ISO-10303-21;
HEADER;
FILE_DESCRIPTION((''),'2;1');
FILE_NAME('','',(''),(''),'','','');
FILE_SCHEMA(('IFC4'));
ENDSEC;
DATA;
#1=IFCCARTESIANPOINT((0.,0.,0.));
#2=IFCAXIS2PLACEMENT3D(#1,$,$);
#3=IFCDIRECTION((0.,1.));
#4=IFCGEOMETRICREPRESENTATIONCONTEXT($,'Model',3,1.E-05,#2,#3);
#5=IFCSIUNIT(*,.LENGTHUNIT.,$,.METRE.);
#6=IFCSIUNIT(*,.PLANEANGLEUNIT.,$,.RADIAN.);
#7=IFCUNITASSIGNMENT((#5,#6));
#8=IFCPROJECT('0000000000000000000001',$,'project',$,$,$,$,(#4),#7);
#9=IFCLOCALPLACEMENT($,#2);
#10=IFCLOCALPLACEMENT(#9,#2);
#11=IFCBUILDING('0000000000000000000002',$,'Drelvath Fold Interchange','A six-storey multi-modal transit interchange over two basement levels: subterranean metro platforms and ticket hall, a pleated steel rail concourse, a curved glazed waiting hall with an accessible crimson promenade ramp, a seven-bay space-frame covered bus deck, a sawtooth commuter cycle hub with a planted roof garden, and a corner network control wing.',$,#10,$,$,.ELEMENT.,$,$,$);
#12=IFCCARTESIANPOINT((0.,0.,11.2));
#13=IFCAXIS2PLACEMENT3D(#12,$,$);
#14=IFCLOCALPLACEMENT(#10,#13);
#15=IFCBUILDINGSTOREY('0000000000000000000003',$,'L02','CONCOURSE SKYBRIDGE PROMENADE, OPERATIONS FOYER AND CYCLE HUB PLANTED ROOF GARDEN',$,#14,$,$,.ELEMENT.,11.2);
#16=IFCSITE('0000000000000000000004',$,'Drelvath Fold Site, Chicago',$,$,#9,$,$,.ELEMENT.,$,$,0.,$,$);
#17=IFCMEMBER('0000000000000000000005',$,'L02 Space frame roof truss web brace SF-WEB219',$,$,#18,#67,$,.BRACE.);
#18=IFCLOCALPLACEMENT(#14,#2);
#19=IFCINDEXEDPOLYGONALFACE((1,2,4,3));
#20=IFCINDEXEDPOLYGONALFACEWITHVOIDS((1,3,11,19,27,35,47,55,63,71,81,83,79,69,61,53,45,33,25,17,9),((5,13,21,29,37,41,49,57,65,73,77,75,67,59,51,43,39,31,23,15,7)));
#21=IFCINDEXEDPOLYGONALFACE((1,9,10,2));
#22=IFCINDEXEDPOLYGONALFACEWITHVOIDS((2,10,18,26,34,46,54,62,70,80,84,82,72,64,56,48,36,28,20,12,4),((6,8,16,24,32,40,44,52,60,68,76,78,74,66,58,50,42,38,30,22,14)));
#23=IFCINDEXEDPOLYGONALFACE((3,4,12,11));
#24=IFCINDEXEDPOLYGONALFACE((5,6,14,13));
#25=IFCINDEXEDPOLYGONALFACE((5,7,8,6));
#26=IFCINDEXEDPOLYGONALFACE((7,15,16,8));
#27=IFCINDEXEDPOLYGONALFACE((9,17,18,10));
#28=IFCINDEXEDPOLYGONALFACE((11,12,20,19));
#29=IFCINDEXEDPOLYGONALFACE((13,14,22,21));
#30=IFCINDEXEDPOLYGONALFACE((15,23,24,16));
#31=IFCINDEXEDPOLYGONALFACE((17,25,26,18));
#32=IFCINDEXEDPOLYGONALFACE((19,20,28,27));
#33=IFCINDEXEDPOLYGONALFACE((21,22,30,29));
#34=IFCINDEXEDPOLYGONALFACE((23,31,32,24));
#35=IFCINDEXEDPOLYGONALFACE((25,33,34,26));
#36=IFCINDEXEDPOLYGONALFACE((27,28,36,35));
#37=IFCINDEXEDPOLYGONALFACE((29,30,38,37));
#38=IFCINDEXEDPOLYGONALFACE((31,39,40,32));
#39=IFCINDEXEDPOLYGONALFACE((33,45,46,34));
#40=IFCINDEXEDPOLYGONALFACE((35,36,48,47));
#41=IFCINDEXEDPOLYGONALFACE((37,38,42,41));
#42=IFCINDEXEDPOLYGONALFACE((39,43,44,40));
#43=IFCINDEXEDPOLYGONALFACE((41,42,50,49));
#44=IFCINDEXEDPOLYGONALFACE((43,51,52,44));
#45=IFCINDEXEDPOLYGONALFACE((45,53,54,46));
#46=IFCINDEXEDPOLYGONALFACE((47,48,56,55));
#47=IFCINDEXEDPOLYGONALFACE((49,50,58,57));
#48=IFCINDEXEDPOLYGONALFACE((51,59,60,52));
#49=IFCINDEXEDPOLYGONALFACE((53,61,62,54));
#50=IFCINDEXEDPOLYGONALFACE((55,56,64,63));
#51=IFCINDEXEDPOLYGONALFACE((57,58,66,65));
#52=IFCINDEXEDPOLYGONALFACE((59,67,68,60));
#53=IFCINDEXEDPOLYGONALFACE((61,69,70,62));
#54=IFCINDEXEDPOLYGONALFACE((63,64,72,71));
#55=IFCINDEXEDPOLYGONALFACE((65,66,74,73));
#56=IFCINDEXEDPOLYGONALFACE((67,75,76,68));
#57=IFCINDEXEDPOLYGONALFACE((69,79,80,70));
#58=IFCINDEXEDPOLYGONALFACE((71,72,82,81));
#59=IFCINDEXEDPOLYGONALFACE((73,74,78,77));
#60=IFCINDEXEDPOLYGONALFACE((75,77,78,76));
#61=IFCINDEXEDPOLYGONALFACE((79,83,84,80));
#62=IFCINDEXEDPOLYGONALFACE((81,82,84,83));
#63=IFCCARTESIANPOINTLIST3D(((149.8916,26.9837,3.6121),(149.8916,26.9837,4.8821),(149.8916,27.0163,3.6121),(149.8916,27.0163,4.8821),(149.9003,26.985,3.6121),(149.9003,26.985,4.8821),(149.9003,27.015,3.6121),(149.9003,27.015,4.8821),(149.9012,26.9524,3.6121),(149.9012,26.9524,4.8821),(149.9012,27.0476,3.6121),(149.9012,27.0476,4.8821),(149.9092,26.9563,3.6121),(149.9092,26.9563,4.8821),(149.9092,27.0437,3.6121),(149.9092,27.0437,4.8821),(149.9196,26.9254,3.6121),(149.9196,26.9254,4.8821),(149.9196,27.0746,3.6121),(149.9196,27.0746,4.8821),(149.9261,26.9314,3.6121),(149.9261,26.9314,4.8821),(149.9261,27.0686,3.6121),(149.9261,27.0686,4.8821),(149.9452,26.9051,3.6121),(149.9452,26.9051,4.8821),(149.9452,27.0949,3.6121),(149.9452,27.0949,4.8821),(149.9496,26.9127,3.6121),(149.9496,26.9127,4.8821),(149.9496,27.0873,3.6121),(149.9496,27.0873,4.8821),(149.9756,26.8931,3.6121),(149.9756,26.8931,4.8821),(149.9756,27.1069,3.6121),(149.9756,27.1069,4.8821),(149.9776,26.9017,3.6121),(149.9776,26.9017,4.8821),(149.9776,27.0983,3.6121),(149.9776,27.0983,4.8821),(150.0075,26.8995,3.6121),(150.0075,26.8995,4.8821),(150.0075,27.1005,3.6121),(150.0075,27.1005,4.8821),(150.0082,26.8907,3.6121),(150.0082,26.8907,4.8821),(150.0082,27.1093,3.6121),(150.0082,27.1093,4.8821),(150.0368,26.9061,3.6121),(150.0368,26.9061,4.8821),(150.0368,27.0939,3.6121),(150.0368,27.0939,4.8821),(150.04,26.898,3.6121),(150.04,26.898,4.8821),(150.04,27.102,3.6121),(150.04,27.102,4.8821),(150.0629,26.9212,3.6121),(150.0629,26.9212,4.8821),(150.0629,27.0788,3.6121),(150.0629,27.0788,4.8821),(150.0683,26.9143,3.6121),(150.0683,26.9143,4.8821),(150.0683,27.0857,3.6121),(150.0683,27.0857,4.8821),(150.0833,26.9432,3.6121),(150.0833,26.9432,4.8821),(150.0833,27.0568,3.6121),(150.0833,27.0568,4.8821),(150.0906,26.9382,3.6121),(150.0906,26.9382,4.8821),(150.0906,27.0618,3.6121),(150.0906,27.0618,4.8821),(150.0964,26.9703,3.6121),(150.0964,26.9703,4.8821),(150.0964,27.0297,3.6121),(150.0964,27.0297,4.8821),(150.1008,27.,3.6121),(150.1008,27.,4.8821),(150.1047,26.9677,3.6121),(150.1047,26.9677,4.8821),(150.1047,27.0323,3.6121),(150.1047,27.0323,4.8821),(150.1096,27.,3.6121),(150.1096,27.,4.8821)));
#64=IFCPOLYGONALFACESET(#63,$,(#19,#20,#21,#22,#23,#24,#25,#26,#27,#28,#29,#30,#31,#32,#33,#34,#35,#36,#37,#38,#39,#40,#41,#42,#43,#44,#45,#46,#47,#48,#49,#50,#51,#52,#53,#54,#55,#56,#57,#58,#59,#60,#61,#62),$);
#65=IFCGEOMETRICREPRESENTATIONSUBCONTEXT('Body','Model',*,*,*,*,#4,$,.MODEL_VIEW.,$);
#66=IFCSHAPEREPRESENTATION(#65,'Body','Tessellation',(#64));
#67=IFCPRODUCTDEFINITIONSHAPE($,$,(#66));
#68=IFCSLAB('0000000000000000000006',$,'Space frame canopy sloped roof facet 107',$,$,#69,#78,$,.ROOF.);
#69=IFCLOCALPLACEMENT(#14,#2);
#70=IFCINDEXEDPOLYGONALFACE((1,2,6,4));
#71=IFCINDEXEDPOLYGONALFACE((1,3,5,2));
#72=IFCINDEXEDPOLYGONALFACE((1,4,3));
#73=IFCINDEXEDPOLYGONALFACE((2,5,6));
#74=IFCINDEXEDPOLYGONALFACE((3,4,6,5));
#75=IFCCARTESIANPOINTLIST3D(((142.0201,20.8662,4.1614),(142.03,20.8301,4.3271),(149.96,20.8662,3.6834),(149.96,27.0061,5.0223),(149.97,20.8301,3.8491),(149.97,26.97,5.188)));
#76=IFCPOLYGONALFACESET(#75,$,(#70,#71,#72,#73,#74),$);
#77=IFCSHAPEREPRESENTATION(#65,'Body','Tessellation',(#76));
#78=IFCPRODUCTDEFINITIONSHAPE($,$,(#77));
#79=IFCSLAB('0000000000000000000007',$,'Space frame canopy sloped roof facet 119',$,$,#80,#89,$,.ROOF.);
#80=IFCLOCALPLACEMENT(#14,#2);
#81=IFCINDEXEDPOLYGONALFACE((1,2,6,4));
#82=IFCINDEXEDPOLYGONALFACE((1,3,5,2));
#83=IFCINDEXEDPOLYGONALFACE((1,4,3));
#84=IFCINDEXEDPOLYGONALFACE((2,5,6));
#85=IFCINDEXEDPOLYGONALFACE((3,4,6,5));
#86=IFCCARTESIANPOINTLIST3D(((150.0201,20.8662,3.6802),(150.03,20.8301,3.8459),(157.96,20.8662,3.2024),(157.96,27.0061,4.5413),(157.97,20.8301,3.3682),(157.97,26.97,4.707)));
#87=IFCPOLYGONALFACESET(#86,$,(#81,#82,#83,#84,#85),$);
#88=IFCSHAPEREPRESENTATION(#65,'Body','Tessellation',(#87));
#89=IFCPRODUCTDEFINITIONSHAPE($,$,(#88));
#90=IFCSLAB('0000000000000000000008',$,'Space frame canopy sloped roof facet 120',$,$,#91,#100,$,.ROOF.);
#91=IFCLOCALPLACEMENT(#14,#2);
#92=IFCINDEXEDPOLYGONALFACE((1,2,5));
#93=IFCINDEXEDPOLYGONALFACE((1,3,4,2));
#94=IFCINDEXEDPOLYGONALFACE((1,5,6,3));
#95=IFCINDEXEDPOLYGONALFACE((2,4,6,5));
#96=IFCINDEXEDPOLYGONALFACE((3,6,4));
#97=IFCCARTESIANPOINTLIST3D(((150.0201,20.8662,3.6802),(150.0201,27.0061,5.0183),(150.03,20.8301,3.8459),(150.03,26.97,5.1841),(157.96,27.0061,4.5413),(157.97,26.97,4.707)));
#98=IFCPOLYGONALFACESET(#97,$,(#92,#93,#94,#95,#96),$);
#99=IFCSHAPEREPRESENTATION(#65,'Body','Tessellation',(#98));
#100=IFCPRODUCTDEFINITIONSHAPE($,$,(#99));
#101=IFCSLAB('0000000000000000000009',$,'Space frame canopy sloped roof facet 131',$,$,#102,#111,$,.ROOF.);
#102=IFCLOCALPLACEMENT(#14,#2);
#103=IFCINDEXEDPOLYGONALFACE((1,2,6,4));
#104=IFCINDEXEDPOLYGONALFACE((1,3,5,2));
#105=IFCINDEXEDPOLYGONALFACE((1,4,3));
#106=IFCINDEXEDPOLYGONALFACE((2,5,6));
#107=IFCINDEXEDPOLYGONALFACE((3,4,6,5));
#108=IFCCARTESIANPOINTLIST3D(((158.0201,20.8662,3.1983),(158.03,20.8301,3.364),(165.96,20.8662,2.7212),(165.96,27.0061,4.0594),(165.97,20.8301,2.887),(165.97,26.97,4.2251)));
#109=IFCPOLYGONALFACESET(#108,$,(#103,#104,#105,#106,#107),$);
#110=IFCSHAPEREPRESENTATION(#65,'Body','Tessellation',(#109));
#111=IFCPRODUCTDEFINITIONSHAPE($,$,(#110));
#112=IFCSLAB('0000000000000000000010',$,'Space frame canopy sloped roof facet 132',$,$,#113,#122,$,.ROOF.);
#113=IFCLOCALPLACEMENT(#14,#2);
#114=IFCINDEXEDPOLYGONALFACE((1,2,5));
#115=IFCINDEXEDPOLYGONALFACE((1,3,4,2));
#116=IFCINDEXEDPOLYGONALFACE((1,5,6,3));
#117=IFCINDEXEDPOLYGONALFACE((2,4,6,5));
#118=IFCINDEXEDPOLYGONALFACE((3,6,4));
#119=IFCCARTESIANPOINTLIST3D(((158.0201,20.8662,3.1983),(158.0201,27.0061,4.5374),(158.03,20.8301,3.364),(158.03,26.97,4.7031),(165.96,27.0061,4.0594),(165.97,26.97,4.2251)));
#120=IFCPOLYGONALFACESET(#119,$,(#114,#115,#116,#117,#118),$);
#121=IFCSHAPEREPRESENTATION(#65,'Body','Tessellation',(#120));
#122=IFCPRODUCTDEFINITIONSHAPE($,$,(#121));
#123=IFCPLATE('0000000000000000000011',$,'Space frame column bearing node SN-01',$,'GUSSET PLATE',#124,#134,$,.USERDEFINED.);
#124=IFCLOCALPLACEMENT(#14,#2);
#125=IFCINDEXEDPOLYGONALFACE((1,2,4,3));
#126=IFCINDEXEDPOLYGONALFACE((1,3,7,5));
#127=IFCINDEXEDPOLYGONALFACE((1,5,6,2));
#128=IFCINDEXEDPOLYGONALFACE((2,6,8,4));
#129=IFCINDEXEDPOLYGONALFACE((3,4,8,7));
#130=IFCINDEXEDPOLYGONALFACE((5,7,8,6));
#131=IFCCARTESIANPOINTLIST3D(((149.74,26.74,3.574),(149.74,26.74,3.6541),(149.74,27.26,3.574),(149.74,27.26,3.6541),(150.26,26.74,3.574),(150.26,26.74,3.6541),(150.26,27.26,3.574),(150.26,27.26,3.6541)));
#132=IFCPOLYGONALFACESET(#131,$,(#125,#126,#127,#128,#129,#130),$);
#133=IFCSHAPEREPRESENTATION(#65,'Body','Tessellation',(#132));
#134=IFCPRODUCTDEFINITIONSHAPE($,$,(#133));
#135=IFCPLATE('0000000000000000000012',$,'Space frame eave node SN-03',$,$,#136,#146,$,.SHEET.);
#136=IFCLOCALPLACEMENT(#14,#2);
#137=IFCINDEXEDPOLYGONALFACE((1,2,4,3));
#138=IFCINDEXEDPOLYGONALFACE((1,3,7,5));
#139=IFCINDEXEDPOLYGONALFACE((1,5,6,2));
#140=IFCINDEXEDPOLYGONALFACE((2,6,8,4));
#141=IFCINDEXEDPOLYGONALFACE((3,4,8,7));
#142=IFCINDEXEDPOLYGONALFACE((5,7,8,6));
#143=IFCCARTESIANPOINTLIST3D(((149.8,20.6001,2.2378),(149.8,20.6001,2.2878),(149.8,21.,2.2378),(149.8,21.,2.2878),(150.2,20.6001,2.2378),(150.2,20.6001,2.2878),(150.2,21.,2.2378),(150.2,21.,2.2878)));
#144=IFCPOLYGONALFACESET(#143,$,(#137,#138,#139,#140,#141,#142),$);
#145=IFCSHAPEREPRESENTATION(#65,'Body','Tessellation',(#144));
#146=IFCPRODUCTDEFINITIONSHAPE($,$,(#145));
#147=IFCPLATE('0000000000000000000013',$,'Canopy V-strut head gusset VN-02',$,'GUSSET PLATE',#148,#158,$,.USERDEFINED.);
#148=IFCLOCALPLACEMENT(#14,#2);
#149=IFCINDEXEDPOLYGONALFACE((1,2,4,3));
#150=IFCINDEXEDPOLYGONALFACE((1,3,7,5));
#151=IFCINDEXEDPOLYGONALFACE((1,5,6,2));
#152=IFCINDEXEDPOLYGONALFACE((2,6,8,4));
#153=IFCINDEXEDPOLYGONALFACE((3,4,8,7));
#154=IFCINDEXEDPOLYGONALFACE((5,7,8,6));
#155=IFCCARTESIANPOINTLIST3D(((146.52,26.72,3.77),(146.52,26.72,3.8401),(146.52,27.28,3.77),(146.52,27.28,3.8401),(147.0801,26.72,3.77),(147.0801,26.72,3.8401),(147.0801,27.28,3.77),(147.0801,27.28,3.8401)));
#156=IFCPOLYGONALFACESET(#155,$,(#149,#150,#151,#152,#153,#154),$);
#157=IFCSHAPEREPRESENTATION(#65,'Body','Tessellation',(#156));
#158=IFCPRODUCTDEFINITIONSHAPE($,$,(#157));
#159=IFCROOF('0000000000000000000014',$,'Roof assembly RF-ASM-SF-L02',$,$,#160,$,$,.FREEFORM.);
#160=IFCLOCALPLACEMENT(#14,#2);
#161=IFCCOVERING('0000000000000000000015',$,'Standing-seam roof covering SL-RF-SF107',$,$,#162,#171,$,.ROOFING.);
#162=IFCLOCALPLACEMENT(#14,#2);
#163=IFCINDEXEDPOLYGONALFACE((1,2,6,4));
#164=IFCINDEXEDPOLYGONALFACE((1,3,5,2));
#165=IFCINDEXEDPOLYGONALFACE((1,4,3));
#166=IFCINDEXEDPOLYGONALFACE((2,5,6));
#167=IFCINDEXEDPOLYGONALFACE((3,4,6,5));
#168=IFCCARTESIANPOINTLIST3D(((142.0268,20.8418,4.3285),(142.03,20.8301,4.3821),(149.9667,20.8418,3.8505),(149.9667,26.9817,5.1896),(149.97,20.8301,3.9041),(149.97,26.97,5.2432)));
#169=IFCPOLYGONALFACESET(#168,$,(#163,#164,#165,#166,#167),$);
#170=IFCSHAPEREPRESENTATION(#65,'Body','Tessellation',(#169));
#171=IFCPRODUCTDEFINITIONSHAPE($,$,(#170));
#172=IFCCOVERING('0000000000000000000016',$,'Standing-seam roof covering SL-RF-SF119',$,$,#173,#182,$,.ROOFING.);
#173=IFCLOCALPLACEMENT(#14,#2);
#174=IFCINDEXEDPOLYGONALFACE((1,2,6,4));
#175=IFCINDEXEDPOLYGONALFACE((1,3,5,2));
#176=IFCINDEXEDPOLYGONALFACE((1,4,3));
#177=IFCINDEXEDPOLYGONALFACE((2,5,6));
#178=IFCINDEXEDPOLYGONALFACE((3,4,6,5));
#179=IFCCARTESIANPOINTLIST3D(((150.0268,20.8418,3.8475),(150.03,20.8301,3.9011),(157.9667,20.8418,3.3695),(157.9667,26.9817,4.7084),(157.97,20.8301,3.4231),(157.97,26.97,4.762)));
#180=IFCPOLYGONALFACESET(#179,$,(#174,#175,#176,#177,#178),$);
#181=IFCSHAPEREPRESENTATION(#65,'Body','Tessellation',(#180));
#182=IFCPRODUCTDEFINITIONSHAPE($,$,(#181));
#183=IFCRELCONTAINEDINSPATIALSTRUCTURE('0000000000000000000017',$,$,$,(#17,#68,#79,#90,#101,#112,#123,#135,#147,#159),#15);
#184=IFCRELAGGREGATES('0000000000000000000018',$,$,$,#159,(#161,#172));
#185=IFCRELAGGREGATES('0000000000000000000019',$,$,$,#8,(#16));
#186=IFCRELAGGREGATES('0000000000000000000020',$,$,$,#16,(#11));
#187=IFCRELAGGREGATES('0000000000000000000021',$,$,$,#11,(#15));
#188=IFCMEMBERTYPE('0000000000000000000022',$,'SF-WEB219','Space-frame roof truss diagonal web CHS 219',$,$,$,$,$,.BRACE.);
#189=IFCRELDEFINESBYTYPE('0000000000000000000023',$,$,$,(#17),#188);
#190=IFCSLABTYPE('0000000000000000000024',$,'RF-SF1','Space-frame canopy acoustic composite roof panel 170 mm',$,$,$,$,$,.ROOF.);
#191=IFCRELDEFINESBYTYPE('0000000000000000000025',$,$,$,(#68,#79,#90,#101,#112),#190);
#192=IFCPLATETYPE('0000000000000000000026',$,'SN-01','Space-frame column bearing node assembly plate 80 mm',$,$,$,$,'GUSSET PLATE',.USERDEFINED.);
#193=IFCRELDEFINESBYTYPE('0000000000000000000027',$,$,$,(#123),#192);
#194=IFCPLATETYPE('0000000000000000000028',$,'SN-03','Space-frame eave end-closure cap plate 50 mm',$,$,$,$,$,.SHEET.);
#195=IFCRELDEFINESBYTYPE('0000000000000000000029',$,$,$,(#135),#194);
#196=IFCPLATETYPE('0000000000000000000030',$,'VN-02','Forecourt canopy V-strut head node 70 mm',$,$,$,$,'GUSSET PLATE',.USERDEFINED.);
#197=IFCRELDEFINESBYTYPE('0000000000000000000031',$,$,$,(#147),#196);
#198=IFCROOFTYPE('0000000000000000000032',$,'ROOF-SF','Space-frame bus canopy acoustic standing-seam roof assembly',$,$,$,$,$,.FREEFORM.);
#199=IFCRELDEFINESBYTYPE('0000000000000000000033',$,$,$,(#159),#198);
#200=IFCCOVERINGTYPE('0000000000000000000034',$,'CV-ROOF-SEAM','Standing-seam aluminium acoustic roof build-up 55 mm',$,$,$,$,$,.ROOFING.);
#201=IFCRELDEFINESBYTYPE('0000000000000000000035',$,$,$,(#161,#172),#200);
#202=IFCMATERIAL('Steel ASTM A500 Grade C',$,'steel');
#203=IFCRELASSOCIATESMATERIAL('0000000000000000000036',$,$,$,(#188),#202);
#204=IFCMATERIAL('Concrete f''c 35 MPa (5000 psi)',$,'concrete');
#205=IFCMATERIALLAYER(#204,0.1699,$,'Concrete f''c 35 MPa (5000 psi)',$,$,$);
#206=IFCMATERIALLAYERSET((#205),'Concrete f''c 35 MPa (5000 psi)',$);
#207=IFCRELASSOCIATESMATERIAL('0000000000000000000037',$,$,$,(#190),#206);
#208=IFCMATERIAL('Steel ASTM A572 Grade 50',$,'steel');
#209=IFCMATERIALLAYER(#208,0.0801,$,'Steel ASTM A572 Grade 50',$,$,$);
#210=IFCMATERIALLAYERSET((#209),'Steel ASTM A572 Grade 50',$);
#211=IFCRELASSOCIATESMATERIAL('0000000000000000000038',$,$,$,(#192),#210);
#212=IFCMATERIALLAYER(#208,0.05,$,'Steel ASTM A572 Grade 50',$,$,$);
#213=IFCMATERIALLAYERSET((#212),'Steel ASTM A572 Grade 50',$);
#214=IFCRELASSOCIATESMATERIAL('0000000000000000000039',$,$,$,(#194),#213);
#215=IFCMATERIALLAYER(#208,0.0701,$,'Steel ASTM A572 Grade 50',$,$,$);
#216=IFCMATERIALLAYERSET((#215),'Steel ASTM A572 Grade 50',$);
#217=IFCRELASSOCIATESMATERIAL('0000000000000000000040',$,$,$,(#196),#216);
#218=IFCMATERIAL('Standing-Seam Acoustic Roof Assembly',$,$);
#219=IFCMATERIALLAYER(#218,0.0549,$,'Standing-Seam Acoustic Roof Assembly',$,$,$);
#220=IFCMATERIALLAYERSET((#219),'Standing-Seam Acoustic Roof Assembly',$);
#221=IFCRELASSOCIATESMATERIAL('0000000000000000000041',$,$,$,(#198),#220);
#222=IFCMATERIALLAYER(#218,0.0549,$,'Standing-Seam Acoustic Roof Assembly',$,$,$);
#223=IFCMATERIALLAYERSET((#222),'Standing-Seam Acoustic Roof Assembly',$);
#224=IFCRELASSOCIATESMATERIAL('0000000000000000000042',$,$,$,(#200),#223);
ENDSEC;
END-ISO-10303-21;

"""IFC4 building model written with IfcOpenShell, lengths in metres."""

from ifc_helpers import new_model, si_unit, direction, frame, origin, origin_2d, place, context, subcontext, project, spatial, polyline, rectangle, hollow_circle, outline, extrude, material, layer, layer_set, material_profile, profile_set, type_object, element, aggregate, save


model = new_model("IFC4")

# Units and contexts
model_context = context("Model", 3, precision=1e-05, world=origin(), true_north=direction((0.0, 1.0)))
body_context = subcontext(model_context, "Body", "Model", "MODEL_VIEW")
ifc_project = project(units=[si_unit("LENGTHUNIT", "METRE"), si_unit("PLANEANGLEUNIT", "RADIAN")], contexts=[model_context])

# Site, building, storey
site_placement = place(None, origin())
site = spatial("IfcSite", under=ifc_project, at=site_placement, Name="Drelvath Fold Site, Chicago", CompositionType="ELEMENT", RefElevation=0.0)
building_placement = place(site_placement, origin())
building = spatial("IfcBuilding", under=site, at=building_placement, Name="Drelvath Fold Interchange", Description="A six-storey multi-modal transit interchange over two basement levels: subterranean metro platforms and ticket hall, a pleated steel rail concourse, a curved glazed waiting hall with an accessible crimson promenade ramp, a seven-bay space-frame covered bus deck, a sawtooth commuter cycle hub with a planted roof garden, and a corner network control wing.", CompositionType="ELEMENT")
storey_placement = place(building_placement, frame((0.0, 0.0, 11.2)))
storey = spatial("IfcBuildingStorey", under=building, at=storey_placement, Name="L02", Description="CONCOURSE SKYBRIDGE PROMENADE, OPERATIONS FOYER AND CYCLE HUB PLANTED ROOF GARDEN", CompositionType="ELEMENT", Elevation=11.2)

# Shared definitions
ifc_material_1 = material(Name="Steel ASTM A500 Grade C", Category="steel")

# Member
ifc_material_profile_1 = material_profile(ifc_material_1, hollow_circle(Radius=0.1096, WallThickness=0.0088, at=origin_2d()), Name="HSS8.625X0.375")
ifc_profile_set_1 = profile_set([ifc_material_profile_1], Name="Steel ASTM A500 Grade C")
member_type_1 = type_object("IfcMemberType", Name="SF-WEB219", Description="Space-frame roof truss diagonal web CHS 219", PredefinedType="BRACE", material=ifc_profile_set_1)
for number, where, z_axis, x_axis, name in (
    (1, (150.0, 27.0, 3.6121), (0.0, 0.0, 1.0), (1.0, 0.0, 0.0), "L02 Space frame roof truss web brace SF-WEB219"),
):
    element("IfcMember", number, at=place(storey_placement, frame(where, z_axis=z_axis, x_axis=x_axis)), inside=storey, type_object=member_type_1, Name=name, PredefinedType="BRACE", context=body_context, shape_type="SweptSolid", body=[
        extrude(hollow_circle(Radius=0.1096, WallThickness=0.0088, at=origin_2d()), origin(), (0.0, 0.0, 1.0), 1.27),
    ])

# Slabs
ifc_material_2 = material(Name="Concrete f'c 35 MPa (5000 psi)", Category="concrete")
ifc_layer_1 = layer(ifc_material_2, 0.1699, Name="Concrete f'c 35 MPa (5000 psi)")
ifc_layer_set_1 = layer_set([ifc_layer_1], Name="Concrete f'c 35 MPa (5000 psi)")
slab_type = type_object("IfcSlabType", Name="RF-SF1", Description="Space-frame canopy acoustic composite roof panel 170 mm", PredefinedType="ROOF", material=ifc_layer_set_1)
slab_1_placement = place(storey_placement, frame((142.03, 20.8301, 4.3271), z_axis=(0.058722, -0.212686, 0.975354), x_axis=(0.998193, 0.0, -0.060097)))
element("IfcSlab", 2, at=slab_1_placement, inside=storey, type_object=slab_type, Name="Space frame canopy sloped roof facet 107", PredefinedType="ROOF", context=body_context, shape_type="SweptSolid", body=[
    extrude(outline(polyline([(0.0, 0.0), (7.9543, 0.0), (7.8739, 6.2837), (0.0, 0.0)])), origin(), (0.0, 0.0, -1.0), 0.1699),
])
slab_2_placement = place(storey_placement, frame((150.03, 20.8301, 3.8459), z_axis=(0.058692, -0.212687, 0.975356), x_axis=(0.998194, 0.0, -0.060066)))
element("IfcSlab", 3, at=slab_2_placement, inside=storey, type_object=slab_type, Name="Space frame canopy sloped roof facet 119", PredefinedType="ROOF", context=body_context, shape_type="SweptSolid", body=[
    extrude(outline(polyline([(0.0, 0.0), (7.9543, 0.0), (7.8739, 6.2837), (0.0, 0.0)])), origin(), (0.0, 0.0, -1.0), 0.1699),
])
slab_3_placement = place(storey_placement, frame((150.03, 20.8301, 3.8459), z_axis=(0.058604, -0.212577, 0.975385), x_axis=(0.788174, 0.609488, 0.085477)))
element("IfcSlab", 4, at=slab_3_placement, inside=storey, type_object=slab_type, Name="Space frame canopy sloped roof facet 120", PredefinedType="ROOF", context=body_context, shape_type="SweptSolid", body=[
    extrude(outline(polyline([(0.0, 0.0), (10.0738, 0.0), (3.8566, 4.9614), (0.0, 0.0)])), origin(), (0.0, 0.0, -1.0), 0.1699),
])
slab_4_placement = place(storey_placement, frame((158.03, 20.8301, 3.364), z_axis=(0.058604, -0.212577, 0.975385), x_axis=(0.9982, 0.0, -0.059974)))
element("IfcSlab", 5, at=slab_4_placement, inside=storey, type_object=slab_type, Name="Space frame canopy sloped roof facet 131", PredefinedType="ROOF", context=body_context, shape_type="SweptSolid", body=[
    extrude(outline(polyline([(0.0, 0.0), (7.9543, 0.0), (7.874, 6.2835), (0.0, 0.0)])), origin(), (0.0, 0.0, -1.0), 0.1699),
])
slab_5_placement = place(storey_placement, frame((158.03, 20.8301, 3.364), z_axis=(0.058721, -0.212723, 0.975346), x_axis=(0.788174, 0.609488, 0.085477)))
element("IfcSlab", 6, at=slab_5_placement, inside=storey, type_object=slab_type, Name="Space frame canopy sloped roof facet 132", PredefinedType="ROOF", context=body_context, shape_type="SweptSolid", body=[
    extrude(outline(polyline([(0.0, 0.0), (10.0738, 0.0), (3.8567, 4.9616), (0.0, 0.0)])), origin(), (0.0, 0.0, -1.0), 0.1699),
])

# Plates
ifc_material_3 = material(Name="Steel ASTM A572 Grade 50", Category="steel")
ifc_layer_2 = layer(ifc_material_3, 0.0801, Name="Steel ASTM A572 Grade 50")
ifc_layer_set_2 = layer_set([ifc_layer_2], Name="Steel ASTM A572 Grade 50")
plate_type_1 = type_object("IfcPlateType", Name="SN-01", Description="Space-frame column bearing node assembly plate 80 mm", ElementType="GUSSET PLATE", PredefinedType="USERDEFINED", material=ifc_layer_set_2)
plate_1_placement = place(storey_placement, frame((150.0, 27.0, 3.574), z_axis=(0.0, 0.0, 1.0), x_axis=(1.0, 0.0, 0.0)))
element("IfcPlate", 7, at=plate_1_placement, inside=storey, type_object=plate_type_1, Name="Space frame column bearing node SN-01", ObjectType="GUSSET PLATE", PredefinedType="USERDEFINED", context=body_context, shape_type="SweptSolid", body=[
    extrude(rectangle(XDim=0.52, YDim=0.52, at=origin_2d()), origin(), (0.0, 0.0, 1.0), 0.0801),
])
ifc_layer_3 = layer(ifc_material_3, 0.05, Name="Steel ASTM A572 Grade 50")
ifc_layer_set_3 = layer_set([ifc_layer_3], Name="Steel ASTM A572 Grade 50")
plate_type_2 = type_object("IfcPlateType", Name="SN-03", Description="Space-frame eave end-closure cap plate 50 mm", PredefinedType="SHEET", material=ifc_layer_set_3)
plate_2_placement = place(storey_placement, frame((150.0, 20.8, 2.2378), z_axis=(0.0, 0.0, 1.0), x_axis=(1.0, 0.0, 0.0)))
element("IfcPlate", 8, at=plate_2_placement, inside=storey, type_object=plate_type_2, Name="Space frame eave node SN-03", PredefinedType="SHEET", context=body_context, shape_type="SweptSolid", body=[
    extrude(rectangle(XDim=0.3999, YDim=0.3999, at=origin_2d()), origin(), (0.0, 0.0, 1.0), 0.05),
])
ifc_layer_4 = layer(ifc_material_3, 0.0701, Name="Steel ASTM A572 Grade 50")
ifc_layer_set_4 = layer_set([ifc_layer_4], Name="Steel ASTM A572 Grade 50")
plate_type_3 = type_object("IfcPlateType", Name="VN-02", Description="Forecourt canopy V-strut head node 70 mm", ElementType="GUSSET PLATE", PredefinedType="USERDEFINED", material=ifc_layer_set_4)
plate_3_placement = place(storey_placement, frame((146.8, 27.0, 3.77), z_axis=(0.0, 0.0, 1.0), x_axis=(1.0, 0.0, 0.0)))
element("IfcPlate", 9, at=plate_3_placement, inside=storey, type_object=plate_type_3, Name="Canopy V-strut head gusset VN-02", ObjectType="GUSSET PLATE", PredefinedType="USERDEFINED", context=body_context, shape_type="SweptSolid", body=[
    extrude(rectangle(XDim=0.5601, YDim=0.5601, at=origin_2d()), origin(), (0.0, 0.0, 1.0), 0.0701),
])

# Roof, coverings
ifc_material_4 = material(Name="Standing-Seam Acoustic Roof Assembly")
ifc_layer_5 = layer(ifc_material_4, 0.0549, Name="Standing-Seam Acoustic Roof Assembly")
ifc_layer_set_5 = layer_set([ifc_layer_5], Name="Standing-Seam Acoustic Roof Assembly")
roof_type = type_object("IfcRoofType", Name="ROOF-SF", Description="Space-frame bus canopy acoustic standing-seam roof assembly", PredefinedType="FREEFORM", material=ifc_layer_set_5)
roof_placement = place(storey_placement, origin())
roof = element("IfcRoof", 10, at=roof_placement, inside=storey, type_object=roof_type, Name="Roof assembly RF-ASM-SF-L02", PredefinedType="FREEFORM")
ifc_layer_6 = layer(ifc_material_4, 0.0549, Name="Standing-Seam Acoustic Roof Assembly")
ifc_layer_set_6 = layer_set([ifc_layer_6], Name="Standing-Seam Acoustic Roof Assembly")
covering_type = type_object("IfcCoveringType", Name="CV-ROOF-SEAM", Description="Standing-seam aluminium acoustic roof build-up 55 mm", PredefinedType="ROOFING", material=ifc_layer_set_6)
covering_1_placement = place(storey_placement, frame((142.03, 20.8301, 4.3821), z_axis=(0.058721, -0.212723, 0.975346), x_axis=(0.998193, 0.0, -0.060097)))
covering_1 = element("IfcCovering", 11, at=covering_1_placement, type_object=covering_type, Name="Standing-seam roof covering SL-RF-SF107", PredefinedType="ROOFING", context=body_context, shape_type="SweptSolid", body=[
    extrude(outline(polyline([(0.0, 0.0), (7.9543, 0.0), (7.8738, 6.2837), (0.0, 0.0)])), origin(), (0.0, 0.0, -1.0), 0.0549),
])
covering_2_placement = place(storey_placement, frame((150.03, 20.8301, 3.9011), z_axis=(0.058722, -0.212686, 0.975354), x_axis=(0.998193, 0.0, -0.060097)))
covering_2 = element("IfcCovering", 12, at=covering_2_placement, type_object=covering_type, Name="Standing-seam roof covering SL-RF-SF119", PredefinedType="ROOFING", context=body_context, shape_type="SweptSolid", body=[
    extrude(outline(polyline([(0.0, 0.0), (7.9543, 0.0), (7.8739, 6.2837), (0.0, 0.0)])), origin(), (0.0, 0.0, -1.0), 0.0549),
])
aggregate(roof, [covering_1, covering_2])

save(model, "model.ifc")
